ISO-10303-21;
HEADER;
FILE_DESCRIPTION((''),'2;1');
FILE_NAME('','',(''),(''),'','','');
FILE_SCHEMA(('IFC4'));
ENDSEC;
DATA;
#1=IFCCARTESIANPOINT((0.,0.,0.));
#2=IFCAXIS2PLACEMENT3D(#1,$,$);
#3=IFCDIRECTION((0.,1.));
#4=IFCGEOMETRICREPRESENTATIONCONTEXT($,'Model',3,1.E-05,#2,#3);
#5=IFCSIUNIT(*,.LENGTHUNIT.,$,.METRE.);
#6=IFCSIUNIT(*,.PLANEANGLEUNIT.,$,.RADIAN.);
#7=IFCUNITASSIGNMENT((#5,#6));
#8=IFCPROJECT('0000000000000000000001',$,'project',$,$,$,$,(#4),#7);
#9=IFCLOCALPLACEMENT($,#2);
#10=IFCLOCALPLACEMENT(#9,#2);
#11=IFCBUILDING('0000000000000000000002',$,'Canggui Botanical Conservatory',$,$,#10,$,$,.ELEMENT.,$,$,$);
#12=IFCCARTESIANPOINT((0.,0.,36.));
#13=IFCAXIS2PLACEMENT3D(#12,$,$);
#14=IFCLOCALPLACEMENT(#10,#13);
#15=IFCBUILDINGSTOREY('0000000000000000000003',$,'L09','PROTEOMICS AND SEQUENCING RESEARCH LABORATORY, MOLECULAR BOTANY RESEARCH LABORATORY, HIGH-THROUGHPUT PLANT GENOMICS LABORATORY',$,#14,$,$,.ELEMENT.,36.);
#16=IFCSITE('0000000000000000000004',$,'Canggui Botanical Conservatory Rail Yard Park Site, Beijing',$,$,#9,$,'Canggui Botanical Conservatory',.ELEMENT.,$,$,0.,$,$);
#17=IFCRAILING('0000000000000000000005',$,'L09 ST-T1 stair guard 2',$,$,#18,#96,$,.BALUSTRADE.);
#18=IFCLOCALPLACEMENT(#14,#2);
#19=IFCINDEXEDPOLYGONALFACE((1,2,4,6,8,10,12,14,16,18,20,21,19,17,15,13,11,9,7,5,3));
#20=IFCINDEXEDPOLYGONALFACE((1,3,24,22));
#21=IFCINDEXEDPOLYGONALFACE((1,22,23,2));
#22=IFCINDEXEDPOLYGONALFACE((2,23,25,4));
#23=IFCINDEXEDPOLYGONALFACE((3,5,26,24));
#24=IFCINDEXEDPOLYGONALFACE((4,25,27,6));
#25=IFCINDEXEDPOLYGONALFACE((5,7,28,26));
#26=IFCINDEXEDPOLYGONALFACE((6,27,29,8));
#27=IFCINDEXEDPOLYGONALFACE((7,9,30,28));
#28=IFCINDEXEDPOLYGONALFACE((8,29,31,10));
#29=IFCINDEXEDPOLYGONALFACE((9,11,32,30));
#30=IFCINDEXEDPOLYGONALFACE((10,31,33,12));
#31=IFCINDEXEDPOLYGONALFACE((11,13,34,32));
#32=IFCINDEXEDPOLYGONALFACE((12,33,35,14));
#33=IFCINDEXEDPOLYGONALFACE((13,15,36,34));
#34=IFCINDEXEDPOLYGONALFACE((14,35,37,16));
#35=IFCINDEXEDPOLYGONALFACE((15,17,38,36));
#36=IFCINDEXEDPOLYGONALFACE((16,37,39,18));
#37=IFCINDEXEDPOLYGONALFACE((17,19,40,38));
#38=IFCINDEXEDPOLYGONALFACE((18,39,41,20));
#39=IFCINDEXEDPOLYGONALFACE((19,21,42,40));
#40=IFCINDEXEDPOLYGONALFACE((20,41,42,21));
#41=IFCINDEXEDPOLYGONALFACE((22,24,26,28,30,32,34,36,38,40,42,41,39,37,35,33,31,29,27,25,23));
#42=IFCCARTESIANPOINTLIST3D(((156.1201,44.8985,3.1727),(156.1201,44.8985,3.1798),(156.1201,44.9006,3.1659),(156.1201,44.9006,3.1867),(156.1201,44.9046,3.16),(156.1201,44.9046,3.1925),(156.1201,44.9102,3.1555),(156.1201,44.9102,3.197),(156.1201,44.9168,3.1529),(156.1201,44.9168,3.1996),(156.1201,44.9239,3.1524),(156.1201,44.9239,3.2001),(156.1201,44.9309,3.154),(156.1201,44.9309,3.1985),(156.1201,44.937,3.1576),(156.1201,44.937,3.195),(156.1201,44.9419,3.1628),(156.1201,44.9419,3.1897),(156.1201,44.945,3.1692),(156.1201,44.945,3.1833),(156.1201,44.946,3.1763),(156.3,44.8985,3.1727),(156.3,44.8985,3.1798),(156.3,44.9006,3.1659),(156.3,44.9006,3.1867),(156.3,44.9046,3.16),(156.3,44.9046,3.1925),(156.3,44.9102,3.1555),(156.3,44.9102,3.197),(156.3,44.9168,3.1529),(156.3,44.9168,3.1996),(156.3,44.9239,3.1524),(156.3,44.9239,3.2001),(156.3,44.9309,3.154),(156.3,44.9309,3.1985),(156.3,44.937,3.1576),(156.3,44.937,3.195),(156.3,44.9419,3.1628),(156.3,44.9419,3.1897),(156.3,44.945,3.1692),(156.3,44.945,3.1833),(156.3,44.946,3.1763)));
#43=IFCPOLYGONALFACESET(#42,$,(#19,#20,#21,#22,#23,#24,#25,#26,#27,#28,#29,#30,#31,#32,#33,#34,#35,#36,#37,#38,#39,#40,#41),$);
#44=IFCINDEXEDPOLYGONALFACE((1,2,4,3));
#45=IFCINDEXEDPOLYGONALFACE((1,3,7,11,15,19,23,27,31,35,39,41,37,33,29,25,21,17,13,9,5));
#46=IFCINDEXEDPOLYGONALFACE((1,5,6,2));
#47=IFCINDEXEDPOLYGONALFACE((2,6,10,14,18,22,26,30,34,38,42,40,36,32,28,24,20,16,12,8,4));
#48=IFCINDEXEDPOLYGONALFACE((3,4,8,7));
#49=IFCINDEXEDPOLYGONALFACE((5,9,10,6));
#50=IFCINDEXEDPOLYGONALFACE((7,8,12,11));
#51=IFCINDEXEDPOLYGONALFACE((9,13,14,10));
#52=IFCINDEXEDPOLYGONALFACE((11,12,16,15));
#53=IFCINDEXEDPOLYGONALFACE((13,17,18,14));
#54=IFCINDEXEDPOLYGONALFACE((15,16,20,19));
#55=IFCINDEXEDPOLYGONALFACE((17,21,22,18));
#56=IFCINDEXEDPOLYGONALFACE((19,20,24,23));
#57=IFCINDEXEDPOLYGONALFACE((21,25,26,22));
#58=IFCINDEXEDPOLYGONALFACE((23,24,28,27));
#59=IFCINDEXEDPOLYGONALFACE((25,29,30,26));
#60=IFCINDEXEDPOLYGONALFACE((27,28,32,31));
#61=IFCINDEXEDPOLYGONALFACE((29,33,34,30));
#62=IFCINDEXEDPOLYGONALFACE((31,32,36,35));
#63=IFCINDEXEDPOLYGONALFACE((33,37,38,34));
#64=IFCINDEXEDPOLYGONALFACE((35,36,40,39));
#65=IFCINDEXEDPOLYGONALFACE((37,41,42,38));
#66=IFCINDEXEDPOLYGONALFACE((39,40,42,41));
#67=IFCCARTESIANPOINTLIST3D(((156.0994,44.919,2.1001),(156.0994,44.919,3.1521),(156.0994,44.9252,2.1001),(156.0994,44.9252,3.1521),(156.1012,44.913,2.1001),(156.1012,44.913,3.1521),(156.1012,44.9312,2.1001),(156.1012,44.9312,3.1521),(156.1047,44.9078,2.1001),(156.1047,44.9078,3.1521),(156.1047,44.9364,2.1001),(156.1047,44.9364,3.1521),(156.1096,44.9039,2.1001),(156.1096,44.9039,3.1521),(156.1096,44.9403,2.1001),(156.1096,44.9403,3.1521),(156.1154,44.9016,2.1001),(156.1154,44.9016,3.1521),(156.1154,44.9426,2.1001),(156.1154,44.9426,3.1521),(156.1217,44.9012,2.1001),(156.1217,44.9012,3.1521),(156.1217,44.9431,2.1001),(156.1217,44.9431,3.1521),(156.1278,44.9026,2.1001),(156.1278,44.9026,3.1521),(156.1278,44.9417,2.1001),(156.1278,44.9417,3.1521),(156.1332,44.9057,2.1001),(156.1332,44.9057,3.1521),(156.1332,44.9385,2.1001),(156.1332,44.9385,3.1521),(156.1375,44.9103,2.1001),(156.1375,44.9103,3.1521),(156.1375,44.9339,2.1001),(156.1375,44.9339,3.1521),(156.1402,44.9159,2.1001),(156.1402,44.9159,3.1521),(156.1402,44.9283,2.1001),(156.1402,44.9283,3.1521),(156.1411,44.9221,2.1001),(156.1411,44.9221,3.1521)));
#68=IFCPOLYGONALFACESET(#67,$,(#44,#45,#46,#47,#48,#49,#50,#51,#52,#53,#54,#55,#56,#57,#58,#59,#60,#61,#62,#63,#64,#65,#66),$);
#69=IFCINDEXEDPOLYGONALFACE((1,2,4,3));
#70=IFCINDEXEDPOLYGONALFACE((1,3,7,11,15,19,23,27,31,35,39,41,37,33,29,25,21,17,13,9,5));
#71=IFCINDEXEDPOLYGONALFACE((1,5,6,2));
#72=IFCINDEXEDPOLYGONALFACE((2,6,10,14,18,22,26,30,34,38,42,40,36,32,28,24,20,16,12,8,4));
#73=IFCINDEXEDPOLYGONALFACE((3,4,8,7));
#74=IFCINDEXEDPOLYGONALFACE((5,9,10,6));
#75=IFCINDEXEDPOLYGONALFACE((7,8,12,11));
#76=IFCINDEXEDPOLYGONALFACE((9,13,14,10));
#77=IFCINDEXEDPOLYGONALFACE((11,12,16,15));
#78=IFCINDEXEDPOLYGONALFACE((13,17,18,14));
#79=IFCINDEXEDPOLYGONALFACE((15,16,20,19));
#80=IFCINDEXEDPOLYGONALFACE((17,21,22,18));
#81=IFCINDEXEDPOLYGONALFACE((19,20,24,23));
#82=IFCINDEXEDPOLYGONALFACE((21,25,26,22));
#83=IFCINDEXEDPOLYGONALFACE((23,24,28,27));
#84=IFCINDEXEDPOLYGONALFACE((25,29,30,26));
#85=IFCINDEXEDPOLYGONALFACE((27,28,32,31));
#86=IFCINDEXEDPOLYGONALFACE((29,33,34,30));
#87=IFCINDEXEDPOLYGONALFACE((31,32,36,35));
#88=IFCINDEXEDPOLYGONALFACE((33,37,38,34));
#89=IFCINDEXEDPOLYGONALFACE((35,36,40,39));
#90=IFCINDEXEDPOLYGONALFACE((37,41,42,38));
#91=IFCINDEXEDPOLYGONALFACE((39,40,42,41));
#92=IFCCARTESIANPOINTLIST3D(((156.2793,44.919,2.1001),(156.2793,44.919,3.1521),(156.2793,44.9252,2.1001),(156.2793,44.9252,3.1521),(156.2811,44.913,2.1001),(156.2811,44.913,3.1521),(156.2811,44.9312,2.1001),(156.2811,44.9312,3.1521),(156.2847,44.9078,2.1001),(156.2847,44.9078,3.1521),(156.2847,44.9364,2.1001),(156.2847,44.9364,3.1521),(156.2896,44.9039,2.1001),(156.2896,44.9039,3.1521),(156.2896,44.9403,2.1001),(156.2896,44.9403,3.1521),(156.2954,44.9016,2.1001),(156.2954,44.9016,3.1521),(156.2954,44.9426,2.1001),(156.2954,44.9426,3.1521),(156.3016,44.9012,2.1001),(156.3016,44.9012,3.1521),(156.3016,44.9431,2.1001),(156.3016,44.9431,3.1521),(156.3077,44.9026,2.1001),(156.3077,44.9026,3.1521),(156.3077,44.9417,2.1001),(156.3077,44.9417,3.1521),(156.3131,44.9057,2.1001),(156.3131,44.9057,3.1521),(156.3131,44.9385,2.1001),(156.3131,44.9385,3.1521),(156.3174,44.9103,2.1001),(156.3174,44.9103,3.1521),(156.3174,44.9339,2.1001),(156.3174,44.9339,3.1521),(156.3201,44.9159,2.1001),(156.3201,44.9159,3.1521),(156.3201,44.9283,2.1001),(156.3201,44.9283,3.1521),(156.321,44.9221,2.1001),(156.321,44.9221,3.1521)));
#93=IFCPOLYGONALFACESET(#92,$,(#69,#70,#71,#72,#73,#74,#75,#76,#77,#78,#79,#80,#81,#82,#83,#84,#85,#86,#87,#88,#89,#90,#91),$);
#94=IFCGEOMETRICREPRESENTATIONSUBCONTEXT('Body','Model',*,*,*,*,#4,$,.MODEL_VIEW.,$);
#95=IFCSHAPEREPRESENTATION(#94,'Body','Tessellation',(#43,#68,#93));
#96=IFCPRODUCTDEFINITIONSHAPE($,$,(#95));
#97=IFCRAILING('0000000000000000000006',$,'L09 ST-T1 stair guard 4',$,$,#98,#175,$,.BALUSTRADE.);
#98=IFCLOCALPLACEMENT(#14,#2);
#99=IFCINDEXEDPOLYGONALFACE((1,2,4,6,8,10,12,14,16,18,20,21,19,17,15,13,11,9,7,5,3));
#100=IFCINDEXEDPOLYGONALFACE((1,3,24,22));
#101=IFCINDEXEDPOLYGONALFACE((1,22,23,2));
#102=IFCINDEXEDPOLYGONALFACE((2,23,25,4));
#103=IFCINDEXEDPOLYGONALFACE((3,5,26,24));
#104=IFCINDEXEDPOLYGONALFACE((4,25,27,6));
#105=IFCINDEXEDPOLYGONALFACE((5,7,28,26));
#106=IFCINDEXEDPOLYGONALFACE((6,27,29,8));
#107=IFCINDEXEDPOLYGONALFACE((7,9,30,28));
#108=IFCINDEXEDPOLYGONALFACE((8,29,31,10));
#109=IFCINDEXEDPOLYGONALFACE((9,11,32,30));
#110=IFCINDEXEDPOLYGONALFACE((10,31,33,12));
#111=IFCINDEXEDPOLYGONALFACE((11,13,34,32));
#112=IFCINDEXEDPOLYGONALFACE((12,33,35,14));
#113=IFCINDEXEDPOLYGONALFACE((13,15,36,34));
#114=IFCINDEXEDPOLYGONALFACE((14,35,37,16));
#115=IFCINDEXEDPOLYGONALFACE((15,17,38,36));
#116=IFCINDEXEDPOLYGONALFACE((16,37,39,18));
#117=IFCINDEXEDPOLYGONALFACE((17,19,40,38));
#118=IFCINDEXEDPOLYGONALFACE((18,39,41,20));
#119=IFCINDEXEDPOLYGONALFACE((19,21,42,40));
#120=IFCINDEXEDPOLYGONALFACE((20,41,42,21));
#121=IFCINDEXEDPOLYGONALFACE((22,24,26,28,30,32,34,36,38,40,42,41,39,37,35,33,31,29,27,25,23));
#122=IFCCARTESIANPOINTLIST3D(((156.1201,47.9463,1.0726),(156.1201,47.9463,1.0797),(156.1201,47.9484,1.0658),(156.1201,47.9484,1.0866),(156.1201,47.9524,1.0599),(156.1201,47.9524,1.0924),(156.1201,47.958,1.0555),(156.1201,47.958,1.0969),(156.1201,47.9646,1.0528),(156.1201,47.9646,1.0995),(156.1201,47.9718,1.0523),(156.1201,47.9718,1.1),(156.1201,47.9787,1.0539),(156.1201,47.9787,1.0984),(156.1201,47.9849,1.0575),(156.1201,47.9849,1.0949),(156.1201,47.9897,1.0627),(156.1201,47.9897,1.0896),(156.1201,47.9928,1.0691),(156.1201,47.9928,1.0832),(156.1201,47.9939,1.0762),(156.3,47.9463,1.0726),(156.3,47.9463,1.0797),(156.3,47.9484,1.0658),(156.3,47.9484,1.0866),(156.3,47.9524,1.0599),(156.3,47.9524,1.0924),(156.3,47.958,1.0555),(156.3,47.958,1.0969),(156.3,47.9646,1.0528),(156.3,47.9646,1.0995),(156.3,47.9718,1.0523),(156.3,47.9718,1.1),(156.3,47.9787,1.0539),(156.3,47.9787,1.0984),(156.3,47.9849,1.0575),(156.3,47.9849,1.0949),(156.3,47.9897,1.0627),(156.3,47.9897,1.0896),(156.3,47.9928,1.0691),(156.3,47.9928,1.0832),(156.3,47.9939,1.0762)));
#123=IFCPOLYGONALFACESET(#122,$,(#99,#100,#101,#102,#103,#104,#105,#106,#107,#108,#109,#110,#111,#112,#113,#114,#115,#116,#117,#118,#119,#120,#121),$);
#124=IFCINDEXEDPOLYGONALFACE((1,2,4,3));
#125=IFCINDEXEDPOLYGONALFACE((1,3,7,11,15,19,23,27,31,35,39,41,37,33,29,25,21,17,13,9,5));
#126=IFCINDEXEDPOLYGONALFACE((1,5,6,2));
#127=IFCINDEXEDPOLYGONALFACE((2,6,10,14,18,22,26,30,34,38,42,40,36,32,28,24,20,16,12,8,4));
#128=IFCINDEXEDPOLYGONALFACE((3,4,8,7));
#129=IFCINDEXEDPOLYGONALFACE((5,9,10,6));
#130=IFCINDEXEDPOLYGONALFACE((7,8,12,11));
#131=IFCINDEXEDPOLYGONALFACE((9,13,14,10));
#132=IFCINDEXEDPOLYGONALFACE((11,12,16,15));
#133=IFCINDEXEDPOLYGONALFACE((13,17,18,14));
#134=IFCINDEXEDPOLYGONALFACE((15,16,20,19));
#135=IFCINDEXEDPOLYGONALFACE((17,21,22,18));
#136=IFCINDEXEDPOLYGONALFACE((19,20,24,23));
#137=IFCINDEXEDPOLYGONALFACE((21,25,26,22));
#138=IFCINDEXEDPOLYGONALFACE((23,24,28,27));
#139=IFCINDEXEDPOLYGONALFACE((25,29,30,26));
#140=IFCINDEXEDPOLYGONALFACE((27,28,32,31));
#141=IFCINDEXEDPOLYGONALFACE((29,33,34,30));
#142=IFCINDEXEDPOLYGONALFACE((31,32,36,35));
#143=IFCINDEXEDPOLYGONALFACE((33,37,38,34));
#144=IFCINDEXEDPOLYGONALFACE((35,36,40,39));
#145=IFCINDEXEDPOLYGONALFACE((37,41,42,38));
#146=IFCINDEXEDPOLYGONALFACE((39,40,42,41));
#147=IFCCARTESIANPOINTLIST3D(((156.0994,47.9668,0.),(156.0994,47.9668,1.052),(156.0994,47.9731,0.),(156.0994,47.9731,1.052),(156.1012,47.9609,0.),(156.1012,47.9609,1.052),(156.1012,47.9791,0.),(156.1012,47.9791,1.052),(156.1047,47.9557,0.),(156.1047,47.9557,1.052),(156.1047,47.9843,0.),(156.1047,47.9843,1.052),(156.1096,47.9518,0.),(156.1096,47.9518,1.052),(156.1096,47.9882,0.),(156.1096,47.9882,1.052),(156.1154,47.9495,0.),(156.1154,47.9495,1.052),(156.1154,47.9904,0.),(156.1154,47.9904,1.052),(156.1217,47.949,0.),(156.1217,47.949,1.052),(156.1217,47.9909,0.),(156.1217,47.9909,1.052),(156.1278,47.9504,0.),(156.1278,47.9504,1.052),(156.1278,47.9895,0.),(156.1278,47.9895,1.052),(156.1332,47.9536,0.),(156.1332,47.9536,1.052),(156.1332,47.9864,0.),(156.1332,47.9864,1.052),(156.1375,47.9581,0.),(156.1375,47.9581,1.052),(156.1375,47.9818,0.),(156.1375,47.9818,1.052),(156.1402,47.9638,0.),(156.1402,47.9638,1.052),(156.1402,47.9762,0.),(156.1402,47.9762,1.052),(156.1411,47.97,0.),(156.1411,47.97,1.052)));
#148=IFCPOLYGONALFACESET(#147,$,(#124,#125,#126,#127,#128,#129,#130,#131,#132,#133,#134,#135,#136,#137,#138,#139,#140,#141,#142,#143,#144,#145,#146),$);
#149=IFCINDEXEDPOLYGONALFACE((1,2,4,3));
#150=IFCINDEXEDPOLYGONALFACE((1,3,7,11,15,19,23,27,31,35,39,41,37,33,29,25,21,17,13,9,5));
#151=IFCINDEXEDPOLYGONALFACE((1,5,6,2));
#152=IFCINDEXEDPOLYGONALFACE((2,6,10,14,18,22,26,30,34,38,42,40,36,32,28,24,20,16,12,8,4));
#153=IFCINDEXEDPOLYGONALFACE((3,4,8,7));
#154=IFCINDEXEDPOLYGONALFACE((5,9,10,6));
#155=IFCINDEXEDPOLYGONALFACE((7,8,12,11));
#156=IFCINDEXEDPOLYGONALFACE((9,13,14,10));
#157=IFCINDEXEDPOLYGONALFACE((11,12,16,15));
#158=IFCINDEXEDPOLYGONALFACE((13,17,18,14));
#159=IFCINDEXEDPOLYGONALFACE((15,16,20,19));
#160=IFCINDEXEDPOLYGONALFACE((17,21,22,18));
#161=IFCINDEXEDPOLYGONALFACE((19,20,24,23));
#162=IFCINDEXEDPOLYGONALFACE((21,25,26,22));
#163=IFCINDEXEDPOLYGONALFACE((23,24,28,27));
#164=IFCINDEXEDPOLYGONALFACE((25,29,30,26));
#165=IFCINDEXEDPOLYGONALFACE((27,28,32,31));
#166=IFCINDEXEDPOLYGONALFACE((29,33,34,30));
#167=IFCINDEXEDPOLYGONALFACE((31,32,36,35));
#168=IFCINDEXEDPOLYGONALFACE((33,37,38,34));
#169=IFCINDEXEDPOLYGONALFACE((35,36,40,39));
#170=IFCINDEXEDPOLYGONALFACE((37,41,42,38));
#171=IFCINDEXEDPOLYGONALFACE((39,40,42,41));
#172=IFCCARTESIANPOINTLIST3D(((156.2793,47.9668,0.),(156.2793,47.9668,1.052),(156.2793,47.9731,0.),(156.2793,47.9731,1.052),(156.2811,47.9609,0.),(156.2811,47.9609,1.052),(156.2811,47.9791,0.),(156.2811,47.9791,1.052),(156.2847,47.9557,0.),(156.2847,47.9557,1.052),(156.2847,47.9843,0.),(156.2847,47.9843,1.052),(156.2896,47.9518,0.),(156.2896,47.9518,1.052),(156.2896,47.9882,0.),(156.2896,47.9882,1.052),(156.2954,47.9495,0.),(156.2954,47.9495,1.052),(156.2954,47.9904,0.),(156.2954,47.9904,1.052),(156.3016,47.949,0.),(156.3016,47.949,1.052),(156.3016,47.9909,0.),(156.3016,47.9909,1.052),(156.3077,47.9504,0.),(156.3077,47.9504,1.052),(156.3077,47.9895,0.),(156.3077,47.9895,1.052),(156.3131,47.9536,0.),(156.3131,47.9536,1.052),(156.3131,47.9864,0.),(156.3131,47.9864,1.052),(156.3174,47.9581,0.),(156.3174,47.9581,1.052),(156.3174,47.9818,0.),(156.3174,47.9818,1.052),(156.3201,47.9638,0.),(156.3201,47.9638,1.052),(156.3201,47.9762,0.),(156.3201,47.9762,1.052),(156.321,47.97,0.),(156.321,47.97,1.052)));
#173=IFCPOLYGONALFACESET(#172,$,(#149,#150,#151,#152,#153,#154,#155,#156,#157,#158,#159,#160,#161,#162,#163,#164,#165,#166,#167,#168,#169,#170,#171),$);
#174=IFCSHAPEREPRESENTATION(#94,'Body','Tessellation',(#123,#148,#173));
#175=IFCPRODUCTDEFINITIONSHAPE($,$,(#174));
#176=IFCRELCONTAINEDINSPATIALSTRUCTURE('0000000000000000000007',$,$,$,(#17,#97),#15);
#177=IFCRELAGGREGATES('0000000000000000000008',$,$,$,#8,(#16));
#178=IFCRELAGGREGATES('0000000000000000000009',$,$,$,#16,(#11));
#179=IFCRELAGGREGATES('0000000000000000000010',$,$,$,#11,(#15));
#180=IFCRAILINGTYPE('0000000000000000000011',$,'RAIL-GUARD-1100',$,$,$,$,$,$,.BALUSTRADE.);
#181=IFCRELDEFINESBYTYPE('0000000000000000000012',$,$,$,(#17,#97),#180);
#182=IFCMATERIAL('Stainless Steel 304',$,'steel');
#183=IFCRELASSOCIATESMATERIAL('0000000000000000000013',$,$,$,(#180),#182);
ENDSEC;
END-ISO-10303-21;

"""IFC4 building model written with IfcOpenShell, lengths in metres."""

from ifc_helpers import new_model, si_unit, direction, frame, origin, origin_2d, place, context, subcontext, project, spatial, circle, extrude, material, type_object, element, save


model = new_model("IFC4")

# Units and contexts
model_context = context("Model", 3, precision=1e-05, world=origin(), true_north=direction((0.0, 1.0)))
body_context = subcontext(model_context, "Body", "Model", "MODEL_VIEW")
ifc_project = project(units=[si_unit("LENGTHUNIT", "METRE"), si_unit("PLANEANGLEUNIT", "RADIAN")], contexts=[model_context])

# Site, building, storey
site_placement = place(None, origin())
site = spatial("IfcSite", under=ifc_project, at=site_placement, Name="Canggui Botanical Conservatory Rail Yard Park Site, Beijing", LongName="Canggui Botanical Conservatory", CompositionType="ELEMENT", RefElevation=0.0)
building_placement = place(site_placement, origin())
building = spatial("IfcBuilding", under=site, at=building_placement, Name="Canggui Botanical Conservatory", CompositionType="ELEMENT")
storey_placement = place(building_placement, frame((0.0, 0.0, 36.0)))
storey = spatial("IfcBuildingStorey", under=building, at=storey_placement, Name="L09", Description="PROTEOMICS AND SEQUENCING RESEARCH LABORATORY, MOLECULAR BOTANY RESEARCH LABORATORY, HIGH-THROUGHPUT PLANT GENOMICS LABORATORY", CompositionType="ELEMENT", Elevation=36.0)

# Railings
ifc_material_1 = material(Name="Stainless Steel 304", Category="steel")
railing_type_1 = type_object("IfcRailingType", Name="RAIL-GUARD-1100", PredefinedType="BALUSTRADE", material=ifc_material_1)
for number, where, name in (
    (1, (156.1201, 44.9221, 2.1001), "L09 ST-T1 stair guard 2"),
    (2, (156.1201, 47.97, 0.0), "L09 ST-T1 stair guard 4"),
):
    element("IfcRailing", number, at=place(storey_placement, frame(where)), inside=storey, type_object=railing_type_1, Name=name, PredefinedType="BALUSTRADE", context=body_context, shape_type="SweptSolid", body=[
        extrude(circle(Radius=0.0239, at=origin_2d()), frame((0.0, 0.0, 1.0762), z_axis=(1.0, 0.0, 0.0), x_axis=(0.0, 1.0, 0.0)), (0.0, 0.0, 1.0), 0.1799),
        extrude(circle(Radius=0.021, at=origin_2d()), origin(), (0.0, 0.0, 1.0), 1.052),
        extrude(circle(Radius=0.021, at=origin_2d()), frame((0.1799, 0.0, 0.0)), (0.0, 0.0, 1.0), 1.052),
    ])

save(model, "model.ifc")
